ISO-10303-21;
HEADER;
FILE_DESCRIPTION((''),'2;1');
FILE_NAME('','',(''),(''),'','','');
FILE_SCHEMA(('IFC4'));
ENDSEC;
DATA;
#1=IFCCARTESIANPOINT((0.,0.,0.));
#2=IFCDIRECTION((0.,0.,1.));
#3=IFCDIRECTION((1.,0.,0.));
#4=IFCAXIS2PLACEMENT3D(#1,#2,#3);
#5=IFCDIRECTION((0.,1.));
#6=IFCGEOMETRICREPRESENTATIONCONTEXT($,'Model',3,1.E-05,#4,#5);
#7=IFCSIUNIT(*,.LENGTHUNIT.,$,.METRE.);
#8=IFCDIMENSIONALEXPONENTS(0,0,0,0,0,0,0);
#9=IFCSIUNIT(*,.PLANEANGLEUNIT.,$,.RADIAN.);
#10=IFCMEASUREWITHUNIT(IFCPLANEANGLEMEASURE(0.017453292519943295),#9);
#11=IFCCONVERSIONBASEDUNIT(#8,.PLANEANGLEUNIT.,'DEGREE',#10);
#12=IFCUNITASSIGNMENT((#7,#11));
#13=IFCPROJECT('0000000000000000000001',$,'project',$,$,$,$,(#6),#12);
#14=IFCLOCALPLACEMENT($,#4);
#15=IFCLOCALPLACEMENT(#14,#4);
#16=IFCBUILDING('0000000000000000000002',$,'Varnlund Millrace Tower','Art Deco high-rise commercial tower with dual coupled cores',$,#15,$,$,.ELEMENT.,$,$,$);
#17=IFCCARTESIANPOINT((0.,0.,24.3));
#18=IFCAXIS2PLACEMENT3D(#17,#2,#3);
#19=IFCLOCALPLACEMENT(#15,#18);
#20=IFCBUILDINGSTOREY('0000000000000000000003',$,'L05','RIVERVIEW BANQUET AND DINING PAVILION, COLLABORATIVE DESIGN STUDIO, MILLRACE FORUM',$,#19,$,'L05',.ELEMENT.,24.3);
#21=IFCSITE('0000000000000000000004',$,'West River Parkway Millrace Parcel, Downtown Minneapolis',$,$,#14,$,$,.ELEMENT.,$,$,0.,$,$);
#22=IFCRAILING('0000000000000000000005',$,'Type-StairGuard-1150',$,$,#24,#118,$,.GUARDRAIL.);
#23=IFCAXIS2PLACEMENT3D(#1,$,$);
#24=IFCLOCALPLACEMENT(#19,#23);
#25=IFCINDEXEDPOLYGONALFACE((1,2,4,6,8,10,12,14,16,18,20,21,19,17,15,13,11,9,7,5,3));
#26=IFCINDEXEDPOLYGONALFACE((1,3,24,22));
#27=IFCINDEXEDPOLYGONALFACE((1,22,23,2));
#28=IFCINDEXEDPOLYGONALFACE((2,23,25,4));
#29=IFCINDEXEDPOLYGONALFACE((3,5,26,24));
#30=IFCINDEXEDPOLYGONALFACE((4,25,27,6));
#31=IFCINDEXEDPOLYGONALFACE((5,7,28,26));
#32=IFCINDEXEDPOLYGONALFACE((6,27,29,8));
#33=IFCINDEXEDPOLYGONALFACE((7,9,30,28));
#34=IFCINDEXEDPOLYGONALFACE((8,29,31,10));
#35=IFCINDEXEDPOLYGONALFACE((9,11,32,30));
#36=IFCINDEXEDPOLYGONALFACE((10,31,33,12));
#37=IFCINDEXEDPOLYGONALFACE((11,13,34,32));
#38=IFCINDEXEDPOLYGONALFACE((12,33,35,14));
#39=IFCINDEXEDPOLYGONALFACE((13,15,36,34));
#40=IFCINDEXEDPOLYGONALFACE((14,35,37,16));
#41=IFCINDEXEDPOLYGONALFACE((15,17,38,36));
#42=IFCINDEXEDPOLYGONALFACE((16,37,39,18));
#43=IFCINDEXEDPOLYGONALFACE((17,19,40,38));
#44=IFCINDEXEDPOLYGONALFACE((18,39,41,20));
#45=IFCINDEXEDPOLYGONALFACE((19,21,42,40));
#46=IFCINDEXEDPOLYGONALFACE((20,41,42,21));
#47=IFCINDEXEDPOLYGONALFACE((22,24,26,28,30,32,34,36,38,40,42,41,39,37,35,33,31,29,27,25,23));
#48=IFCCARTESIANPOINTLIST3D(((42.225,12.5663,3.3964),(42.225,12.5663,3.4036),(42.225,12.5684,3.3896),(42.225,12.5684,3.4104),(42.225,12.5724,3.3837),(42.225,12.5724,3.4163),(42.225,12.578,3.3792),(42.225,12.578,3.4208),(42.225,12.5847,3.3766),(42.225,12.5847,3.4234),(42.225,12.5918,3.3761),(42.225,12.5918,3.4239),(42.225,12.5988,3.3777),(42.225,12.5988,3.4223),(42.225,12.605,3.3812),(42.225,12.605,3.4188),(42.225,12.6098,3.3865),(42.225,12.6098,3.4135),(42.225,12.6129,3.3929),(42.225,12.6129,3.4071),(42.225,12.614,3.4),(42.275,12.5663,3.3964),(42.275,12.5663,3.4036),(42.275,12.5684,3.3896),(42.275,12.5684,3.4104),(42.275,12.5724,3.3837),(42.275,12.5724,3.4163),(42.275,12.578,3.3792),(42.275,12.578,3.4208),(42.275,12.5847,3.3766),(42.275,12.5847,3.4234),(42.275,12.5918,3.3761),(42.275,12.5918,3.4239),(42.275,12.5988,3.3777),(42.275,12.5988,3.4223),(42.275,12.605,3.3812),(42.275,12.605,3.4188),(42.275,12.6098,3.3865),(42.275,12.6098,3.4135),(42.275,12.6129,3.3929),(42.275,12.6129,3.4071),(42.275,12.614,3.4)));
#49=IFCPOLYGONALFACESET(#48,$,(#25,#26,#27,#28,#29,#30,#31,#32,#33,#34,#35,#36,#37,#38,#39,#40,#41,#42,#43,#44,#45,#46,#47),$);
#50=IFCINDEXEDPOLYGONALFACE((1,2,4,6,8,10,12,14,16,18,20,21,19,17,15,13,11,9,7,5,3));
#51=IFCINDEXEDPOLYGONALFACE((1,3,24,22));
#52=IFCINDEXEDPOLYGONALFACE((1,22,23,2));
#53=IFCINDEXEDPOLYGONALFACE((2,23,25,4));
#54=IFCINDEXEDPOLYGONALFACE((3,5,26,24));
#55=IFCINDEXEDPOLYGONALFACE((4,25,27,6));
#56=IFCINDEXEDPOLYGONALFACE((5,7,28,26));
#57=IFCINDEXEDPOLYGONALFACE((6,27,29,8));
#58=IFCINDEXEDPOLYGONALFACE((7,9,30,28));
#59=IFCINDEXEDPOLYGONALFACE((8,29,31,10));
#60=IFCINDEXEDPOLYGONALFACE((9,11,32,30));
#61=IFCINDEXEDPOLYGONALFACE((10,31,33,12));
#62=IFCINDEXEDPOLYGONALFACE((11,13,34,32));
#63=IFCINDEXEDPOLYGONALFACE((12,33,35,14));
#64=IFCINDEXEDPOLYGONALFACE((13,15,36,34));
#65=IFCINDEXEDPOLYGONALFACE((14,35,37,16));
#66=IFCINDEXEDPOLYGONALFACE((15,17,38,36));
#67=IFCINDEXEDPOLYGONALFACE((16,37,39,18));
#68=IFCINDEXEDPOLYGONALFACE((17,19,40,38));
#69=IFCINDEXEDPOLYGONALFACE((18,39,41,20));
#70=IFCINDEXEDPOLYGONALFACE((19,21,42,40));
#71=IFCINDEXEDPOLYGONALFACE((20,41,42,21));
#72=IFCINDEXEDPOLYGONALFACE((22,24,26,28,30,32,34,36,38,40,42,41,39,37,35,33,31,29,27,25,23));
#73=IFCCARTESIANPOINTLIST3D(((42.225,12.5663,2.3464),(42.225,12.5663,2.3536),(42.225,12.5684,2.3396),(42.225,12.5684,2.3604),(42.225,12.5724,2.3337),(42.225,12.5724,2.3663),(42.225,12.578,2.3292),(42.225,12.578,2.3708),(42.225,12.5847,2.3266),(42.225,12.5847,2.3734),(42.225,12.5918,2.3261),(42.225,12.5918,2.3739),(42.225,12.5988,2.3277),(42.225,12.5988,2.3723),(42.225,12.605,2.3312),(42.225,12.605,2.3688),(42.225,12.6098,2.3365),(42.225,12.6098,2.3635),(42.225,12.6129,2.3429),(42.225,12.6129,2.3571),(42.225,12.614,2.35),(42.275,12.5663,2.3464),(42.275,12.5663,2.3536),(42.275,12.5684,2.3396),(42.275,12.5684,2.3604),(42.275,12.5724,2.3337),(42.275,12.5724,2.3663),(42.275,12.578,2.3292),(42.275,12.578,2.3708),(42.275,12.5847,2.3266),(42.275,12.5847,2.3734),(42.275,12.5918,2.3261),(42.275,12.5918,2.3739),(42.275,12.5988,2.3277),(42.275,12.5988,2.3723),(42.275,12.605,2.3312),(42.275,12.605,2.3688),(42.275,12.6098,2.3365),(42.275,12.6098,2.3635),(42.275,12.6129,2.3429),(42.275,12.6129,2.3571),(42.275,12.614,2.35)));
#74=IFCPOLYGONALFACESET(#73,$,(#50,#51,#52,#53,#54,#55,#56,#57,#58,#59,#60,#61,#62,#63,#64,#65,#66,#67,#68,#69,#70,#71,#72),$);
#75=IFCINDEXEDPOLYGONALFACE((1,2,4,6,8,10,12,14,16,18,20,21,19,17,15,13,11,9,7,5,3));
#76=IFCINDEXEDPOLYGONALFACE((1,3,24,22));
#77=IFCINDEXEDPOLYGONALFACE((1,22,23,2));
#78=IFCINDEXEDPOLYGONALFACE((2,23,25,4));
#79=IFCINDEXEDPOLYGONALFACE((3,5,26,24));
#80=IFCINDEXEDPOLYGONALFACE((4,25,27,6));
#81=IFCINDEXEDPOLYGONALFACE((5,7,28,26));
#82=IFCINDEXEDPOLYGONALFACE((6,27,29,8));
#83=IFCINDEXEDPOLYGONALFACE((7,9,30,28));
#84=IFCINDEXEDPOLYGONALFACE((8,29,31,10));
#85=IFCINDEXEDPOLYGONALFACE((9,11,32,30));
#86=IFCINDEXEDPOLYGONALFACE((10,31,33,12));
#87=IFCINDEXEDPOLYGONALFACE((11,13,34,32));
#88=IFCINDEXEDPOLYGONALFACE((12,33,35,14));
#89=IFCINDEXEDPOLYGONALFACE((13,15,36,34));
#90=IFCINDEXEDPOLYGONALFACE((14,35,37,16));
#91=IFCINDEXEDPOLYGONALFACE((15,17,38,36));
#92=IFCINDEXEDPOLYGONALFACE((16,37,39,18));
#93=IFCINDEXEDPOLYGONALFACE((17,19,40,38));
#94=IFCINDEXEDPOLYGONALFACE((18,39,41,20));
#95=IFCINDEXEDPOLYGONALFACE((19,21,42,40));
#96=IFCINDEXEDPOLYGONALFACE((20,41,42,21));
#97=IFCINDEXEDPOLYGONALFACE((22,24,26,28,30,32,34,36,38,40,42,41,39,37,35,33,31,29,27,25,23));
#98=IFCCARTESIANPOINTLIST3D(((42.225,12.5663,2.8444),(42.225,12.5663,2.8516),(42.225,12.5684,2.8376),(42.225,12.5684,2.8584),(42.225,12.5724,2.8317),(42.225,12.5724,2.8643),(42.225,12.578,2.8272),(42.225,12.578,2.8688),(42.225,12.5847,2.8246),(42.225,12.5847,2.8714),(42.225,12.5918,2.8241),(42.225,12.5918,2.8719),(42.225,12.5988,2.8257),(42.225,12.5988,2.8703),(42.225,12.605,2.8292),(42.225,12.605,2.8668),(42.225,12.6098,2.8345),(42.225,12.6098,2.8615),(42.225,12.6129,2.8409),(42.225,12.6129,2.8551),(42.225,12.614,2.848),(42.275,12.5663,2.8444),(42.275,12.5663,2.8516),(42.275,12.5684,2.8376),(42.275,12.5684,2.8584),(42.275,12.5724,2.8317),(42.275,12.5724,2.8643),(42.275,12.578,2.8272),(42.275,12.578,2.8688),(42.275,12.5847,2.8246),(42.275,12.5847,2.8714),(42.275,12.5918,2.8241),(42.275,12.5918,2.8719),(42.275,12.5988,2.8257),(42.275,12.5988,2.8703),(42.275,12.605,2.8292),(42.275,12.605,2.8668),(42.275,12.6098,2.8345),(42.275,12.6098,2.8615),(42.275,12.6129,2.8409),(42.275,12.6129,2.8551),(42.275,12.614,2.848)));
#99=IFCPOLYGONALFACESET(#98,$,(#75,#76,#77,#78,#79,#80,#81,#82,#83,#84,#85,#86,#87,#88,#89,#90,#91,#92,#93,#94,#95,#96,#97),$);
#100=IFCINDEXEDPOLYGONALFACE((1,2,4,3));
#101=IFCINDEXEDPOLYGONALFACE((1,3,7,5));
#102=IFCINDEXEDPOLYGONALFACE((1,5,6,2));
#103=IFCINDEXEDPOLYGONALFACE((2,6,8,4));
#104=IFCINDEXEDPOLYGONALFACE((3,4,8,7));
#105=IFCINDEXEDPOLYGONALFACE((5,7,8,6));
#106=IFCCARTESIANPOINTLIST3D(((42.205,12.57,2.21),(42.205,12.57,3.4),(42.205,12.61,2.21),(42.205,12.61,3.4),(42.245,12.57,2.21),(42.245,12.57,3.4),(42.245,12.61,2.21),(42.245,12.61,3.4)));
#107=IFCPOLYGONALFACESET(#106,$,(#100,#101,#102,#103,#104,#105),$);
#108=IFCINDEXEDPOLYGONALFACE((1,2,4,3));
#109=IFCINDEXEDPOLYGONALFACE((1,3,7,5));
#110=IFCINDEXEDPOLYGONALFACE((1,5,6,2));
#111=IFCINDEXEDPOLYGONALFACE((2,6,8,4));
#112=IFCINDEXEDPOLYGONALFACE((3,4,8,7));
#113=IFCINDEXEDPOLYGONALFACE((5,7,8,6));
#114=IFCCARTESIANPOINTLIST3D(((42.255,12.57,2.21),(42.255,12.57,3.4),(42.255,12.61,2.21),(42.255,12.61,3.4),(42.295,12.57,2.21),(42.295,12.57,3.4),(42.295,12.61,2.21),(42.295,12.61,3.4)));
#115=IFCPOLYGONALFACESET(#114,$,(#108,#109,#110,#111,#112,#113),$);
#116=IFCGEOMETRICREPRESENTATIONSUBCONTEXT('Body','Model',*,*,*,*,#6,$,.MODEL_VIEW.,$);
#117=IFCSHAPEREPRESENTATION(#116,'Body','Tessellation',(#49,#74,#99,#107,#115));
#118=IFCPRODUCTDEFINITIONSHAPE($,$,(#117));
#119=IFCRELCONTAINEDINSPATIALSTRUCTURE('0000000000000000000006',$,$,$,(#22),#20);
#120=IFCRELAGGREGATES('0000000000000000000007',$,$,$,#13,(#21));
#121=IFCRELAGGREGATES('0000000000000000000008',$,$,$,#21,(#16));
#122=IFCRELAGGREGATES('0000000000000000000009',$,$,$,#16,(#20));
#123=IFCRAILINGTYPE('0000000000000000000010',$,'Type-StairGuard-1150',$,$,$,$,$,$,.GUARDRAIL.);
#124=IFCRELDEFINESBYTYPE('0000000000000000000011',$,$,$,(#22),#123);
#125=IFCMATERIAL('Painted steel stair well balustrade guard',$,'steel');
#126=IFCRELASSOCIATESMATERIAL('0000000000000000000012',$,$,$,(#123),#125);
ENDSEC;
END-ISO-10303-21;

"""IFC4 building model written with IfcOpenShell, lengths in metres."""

from ifc_helpers import new_model, entity, si_unit, converted_unit, direction, frame, origin_with_axes, origin_2d_with_axis, place, context, subcontext, project, spatial, rectangle, circle, extrude, material, type_object, element, save


model = new_model("IFC4")

# Units and contexts
model_context = context("Model", 3, precision=1e-05, world=origin_with_axes(), true_north=direction((0.0, 1.0)))
body_context = subcontext(model_context, "Body", "Model", "MODEL_VIEW")
ifc_project = project(units=[si_unit("LENGTHUNIT", "METRE"), converted_unit("PLANEANGLEUNIT", "DEGREE", entity("IfcPlaneAngleMeasure", 0.017453292519943295), si_unit("PLANEANGLEUNIT", "RADIAN"), dimensions=[0, 0, 0, 0, 0, 0, 0])], contexts=[model_context])

# Site, building, storey
site_placement = place(None, origin_with_axes())
site = spatial("IfcSite", under=ifc_project, at=site_placement, Name="West River Parkway Millrace Parcel, Downtown Minneapolis", CompositionType="ELEMENT", RefElevation=0.0)
building_placement = place(site_placement, origin_with_axes())
building = spatial("IfcBuilding", under=site, at=building_placement, Name="Varnlund Millrace Tower", Description="Art Deco high-rise commercial tower with dual coupled cores", CompositionType="ELEMENT")
storey_placement = place(building_placement, frame((0.0, 0.0, 24.3), z_axis=(0.0, 0.0, 1.0), x_axis=(1.0, 0.0, 0.0)))
storey = spatial("IfcBuildingStorey", under=building, at=storey_placement, Name="L05", Description="RIVERVIEW BANQUET AND DINING PAVILION, COLLABORATIVE DESIGN STUDIO, MILLRACE FORUM", LongName="L05", CompositionType="ELEMENT", Elevation=24.3)

# Railing
ifc_material_1 = material(Name="Painted steel stair well balustrade guard", Category="steel")
railing_type_1 = type_object("IfcRailingType", Name="Type-StairGuard-1150", PredefinedType="GUARDRAIL", material=ifc_material_1)
railing_1_placement = place(storey_placement, frame((0.0, 0.0, -24.3), z_axis=(0.0, 0.0, 1.0), x_axis=(1.0, 0.0, 0.0)))
element("IfcRailing", 1, at=railing_1_placement, inside=storey, type_object=railing_type_1, Name="Type-StairGuard-1150", PredefinedType="GUARDRAIL", context=body_context, shape_type="SweptSolid", body=[
    extrude(circle(Radius=0.024, at=origin_2d_with_axis()), frame((42.225, 12.59, 27.7), z_axis=(1.0, 0.0, 0.0), x_axis=(0.0, 1.0, 0.0)), (0.0, 0.0, 1.0), 0.05),
    extrude(circle(Radius=0.024, at=origin_2d_with_axis()), frame((42.225, 12.59, 26.65), z_axis=(1.0, 0.0, 0.0), x_axis=(0.0, 1.0, 0.0)), (0.0, 0.0, 1.0), 0.05),
    extrude(circle(Radius=0.024, at=origin_2d_with_axis()), frame((42.225, 12.59, 27.148), z_axis=(1.0, 0.0, 0.0), x_axis=(0.0, 1.0, 0.0)), (0.0, 0.0, 1.0), 0.05),
    extrude(rectangle(XDim=0.04, YDim=0.04, at=origin_2d_with_axis()), frame((42.225, 12.59, 26.51), z_axis=(0.0, 0.0, 1.0), x_axis=(1.0, 0.0, 0.0)), (0.0, 0.0, 1.0), 1.19),
    extrude(rectangle(XDim=0.04, YDim=0.04, at=origin_2d_with_axis()), frame((42.275, 12.59, 26.51), z_axis=(0.0, 0.0, 1.0), x_axis=(1.0, 0.0, 0.0)), (0.0, 0.0, 1.0), 1.19),
])

save(model, "model.ifc")
